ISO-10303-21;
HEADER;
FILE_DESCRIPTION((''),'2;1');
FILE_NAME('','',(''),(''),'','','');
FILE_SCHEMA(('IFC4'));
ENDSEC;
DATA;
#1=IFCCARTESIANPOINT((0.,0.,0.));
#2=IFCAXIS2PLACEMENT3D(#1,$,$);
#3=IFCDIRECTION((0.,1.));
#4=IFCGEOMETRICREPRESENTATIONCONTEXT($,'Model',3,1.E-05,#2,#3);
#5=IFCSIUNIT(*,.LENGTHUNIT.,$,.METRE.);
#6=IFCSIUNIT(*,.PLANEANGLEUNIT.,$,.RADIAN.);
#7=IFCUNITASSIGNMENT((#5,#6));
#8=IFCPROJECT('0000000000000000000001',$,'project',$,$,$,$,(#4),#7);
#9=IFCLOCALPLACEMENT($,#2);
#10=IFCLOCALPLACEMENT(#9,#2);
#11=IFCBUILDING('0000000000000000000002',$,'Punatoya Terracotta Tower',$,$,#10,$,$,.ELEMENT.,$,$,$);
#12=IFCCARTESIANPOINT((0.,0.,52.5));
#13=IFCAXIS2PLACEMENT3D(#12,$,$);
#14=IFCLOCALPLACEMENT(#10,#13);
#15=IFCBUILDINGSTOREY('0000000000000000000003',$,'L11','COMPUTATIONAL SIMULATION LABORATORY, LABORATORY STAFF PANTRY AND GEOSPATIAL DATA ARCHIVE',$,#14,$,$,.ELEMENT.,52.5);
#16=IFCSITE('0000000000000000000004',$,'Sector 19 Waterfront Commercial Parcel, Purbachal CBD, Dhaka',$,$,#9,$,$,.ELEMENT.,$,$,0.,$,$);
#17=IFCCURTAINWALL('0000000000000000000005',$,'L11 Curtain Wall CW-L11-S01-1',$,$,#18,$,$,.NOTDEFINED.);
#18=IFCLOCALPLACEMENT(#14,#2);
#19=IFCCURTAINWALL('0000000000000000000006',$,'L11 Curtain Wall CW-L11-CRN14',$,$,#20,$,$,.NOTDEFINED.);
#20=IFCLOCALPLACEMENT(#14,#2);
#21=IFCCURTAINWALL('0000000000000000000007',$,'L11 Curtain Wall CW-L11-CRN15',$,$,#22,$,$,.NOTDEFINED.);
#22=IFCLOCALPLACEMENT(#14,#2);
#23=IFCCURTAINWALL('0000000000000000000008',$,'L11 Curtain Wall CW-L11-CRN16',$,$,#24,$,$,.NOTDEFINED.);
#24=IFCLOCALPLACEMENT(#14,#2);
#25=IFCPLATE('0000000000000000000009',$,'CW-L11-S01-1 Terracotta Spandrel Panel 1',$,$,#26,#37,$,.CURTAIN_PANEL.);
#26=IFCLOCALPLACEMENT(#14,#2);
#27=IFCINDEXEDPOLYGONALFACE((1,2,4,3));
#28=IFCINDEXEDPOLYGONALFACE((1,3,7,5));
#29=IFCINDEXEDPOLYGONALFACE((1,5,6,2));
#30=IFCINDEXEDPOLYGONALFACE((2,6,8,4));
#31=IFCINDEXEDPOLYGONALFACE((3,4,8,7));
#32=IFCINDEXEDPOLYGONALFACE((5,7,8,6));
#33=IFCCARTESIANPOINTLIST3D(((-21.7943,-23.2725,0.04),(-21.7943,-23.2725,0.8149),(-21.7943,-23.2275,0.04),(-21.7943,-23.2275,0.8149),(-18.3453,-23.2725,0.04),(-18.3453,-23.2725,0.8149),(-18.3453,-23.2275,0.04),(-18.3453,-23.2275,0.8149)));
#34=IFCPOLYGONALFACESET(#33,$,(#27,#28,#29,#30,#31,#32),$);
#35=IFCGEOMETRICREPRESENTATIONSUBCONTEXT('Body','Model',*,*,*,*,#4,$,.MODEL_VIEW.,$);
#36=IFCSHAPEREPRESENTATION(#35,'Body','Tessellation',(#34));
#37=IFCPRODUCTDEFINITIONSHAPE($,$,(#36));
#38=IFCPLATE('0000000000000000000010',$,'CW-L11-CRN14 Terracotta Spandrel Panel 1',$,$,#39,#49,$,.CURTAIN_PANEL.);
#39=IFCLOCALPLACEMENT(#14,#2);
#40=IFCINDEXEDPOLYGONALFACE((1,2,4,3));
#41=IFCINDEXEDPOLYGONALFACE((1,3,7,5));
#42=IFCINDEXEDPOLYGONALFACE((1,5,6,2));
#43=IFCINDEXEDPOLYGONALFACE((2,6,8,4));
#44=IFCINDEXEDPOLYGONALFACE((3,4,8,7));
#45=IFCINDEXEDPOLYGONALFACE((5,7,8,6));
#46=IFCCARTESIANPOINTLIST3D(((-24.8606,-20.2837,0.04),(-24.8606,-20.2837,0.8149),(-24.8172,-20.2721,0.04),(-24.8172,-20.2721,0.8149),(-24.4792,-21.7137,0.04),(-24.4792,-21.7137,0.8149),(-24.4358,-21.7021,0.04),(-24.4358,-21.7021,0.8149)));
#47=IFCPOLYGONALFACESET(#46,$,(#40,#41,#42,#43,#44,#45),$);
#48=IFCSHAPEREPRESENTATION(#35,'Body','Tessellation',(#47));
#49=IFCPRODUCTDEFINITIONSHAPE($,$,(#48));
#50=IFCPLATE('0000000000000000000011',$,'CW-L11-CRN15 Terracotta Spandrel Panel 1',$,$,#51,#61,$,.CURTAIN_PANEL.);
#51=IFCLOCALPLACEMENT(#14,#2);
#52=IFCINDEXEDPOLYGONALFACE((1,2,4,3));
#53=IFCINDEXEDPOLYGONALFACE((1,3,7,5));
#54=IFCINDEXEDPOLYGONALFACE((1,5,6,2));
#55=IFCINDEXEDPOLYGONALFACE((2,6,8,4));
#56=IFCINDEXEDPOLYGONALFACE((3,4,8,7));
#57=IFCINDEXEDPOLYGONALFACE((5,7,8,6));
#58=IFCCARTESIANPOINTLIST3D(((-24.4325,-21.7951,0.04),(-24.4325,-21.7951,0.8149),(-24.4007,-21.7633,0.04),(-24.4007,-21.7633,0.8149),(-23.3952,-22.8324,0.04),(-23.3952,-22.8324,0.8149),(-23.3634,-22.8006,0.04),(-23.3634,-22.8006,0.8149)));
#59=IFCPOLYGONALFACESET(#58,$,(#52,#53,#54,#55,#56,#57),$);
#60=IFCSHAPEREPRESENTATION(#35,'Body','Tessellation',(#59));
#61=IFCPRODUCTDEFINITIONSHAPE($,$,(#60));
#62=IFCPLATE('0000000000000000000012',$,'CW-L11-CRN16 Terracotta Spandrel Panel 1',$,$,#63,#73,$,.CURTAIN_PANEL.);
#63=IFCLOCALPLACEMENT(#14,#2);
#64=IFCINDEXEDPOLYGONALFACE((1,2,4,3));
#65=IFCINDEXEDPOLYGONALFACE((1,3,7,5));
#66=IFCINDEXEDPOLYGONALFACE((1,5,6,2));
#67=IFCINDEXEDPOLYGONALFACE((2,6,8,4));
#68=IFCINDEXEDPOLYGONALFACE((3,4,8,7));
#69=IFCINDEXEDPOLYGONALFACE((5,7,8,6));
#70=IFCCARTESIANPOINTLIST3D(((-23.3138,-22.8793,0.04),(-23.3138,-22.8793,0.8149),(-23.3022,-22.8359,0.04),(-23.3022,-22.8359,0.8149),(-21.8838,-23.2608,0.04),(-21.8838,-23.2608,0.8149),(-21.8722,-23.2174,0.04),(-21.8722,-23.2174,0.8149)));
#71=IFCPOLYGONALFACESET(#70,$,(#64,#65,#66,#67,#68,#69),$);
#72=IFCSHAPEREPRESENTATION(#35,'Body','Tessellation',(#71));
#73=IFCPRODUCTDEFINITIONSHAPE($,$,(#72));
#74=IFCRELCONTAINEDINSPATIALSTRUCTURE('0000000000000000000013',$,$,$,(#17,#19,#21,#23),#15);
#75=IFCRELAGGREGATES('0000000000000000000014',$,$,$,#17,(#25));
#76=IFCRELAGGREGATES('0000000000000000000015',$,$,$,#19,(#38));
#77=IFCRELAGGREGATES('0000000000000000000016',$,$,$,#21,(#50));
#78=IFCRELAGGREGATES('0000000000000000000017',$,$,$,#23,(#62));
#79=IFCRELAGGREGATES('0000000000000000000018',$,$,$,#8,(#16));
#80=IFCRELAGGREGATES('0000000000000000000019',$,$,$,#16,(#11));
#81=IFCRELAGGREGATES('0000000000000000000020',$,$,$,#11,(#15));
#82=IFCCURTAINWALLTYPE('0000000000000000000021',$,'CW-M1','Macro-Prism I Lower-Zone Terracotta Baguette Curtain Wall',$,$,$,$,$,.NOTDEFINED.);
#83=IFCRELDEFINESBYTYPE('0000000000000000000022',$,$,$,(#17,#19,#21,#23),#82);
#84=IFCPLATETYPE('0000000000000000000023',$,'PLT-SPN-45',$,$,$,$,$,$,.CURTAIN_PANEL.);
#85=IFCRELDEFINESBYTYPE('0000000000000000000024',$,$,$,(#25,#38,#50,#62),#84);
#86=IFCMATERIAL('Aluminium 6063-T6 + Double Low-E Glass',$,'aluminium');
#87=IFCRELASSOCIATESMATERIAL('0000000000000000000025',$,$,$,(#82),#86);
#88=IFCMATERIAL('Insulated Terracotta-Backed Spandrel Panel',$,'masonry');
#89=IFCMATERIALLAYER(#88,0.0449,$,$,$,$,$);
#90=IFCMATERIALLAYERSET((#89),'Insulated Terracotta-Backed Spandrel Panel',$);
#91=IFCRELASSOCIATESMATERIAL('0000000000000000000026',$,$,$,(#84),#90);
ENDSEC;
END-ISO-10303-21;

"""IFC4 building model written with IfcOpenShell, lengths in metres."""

from ifc_helpers import new_model, si_unit, direction, frame, origin, origin_2d, place, context, subcontext, project, spatial, rectangle, extrude, material, layer, layer_set, type_object, element, aggregate, save


model = new_model("IFC4")

# Units and contexts
model_context = context("Model", 3, precision=1e-05, world=origin(), true_north=direction((0.0, 1.0)))
body_context = subcontext(model_context, "Body", "Model", "MODEL_VIEW")
ifc_project = project(units=[si_unit("LENGTHUNIT", "METRE"), si_unit("PLANEANGLEUNIT", "RADIAN")], contexts=[model_context])

# Site, building, storey
site_placement = place(None, origin())
site = spatial("IfcSite", under=ifc_project, at=site_placement, Name="Sector 19 Waterfront Commercial Parcel, Purbachal CBD, Dhaka", CompositionType="ELEMENT", RefElevation=0.0)
building_placement = place(site_placement, origin())
building = spatial("IfcBuilding", under=site, at=building_placement, Name="Punatoya Terracotta Tower", CompositionType="ELEMENT")
storey_placement = place(building_placement, frame((0.0, 0.0, 52.5)))
storey = spatial("IfcBuildingStorey", under=building, at=storey_placement, Name="L11", Description="COMPUTATIONAL SIMULATION LABORATORY, LABORATORY STAFF PANTRY AND GEOSPATIAL DATA ARCHIVE", CompositionType="ELEMENT", Elevation=52.5)

# Curtain wall
ifc_material_1 = material(Name="Aluminium 6063-T6 + Double Low-E Glass", Category="aluminium")
curtain_wall_type = type_object("IfcCurtainWallType", Name="CW-M1", Description="Macro-Prism I Lower-Zone Terracotta Baguette Curtain Wall", PredefinedType="NOTDEFINED", material=ifc_material_1)
curtain_wall_1_placement = place(storey_placement, origin())
curtain_wall_1 = element("IfcCurtainWall", 1, at=curtain_wall_1_placement, inside=storey, type_object=curtain_wall_type, Name="L11 Curtain Wall CW-L11-S01-1", PredefinedType="NOTDEFINED")

# Curtain walls
curtain_wall_2_placement = place(storey_placement, origin())
curtain_wall_2 = element("IfcCurtainWall", 2, at=curtain_wall_2_placement, inside=storey, type_object=curtain_wall_type, Name="L11 Curtain Wall CW-L11-CRN14", PredefinedType="NOTDEFINED")
curtain_wall_3_placement = place(storey_placement, origin())
curtain_wall_3 = element("IfcCurtainWall", 3, at=curtain_wall_3_placement, inside=storey, type_object=curtain_wall_type, Name="L11 Curtain Wall CW-L11-CRN15", PredefinedType="NOTDEFINED")
curtain_wall_4_placement = place(storey_placement, origin())
curtain_wall_4 = element("IfcCurtainWall", 4, at=curtain_wall_4_placement, inside=storey, type_object=curtain_wall_type, Name="L11 Curtain Wall CW-L11-CRN16", PredefinedType="NOTDEFINED")

# Plates
ifc_material_2 = material(Name="Insulated Terracotta-Backed Spandrel Panel", Category="masonry")
ifc_layer_1 = layer(ifc_material_2, 0.0449)
ifc_layer_set_1 = layer_set([ifc_layer_1], Name="Insulated Terracotta-Backed Spandrel Panel")
plate_type_1 = type_object("IfcPlateType", Name="PLT-SPN-45", PredefinedType="CURTAIN_PANEL", material=ifc_layer_set_1)
plate_1_placement = place(storey_placement, frame((-20.0698, -23.25, 0.04), z_axis=(0.0, 0.0, 1.0), x_axis=(1.0, 0.0, 0.0)))
plate_1 = element("IfcPlate", 5, at=plate_1_placement, type_object=plate_type_1, Name="CW-L11-S01-1 Terracotta Spandrel Panel 1", PredefinedType="CURTAIN_PANEL", context=body_context, shape_type="SweptSolid", body=[
    extrude(rectangle(XDim=3.449, YDim=0.0449, at=origin_2d()), origin(), (0.0, 0.0, 1.0), 0.7749),
])
aggregate(curtain_wall_1, [plate_1])
plate_2_placement = place(storey_placement, frame((-24.6482, -20.9929, 0.04), z_axis=(0.0, 0.0, 1.0), x_axis=(0.257742, -0.966214, 0.0)))
plate_2 = element("IfcPlate", 6, at=plate_2_placement, type_object=plate_type_1, Name="CW-L11-CRN14 Terracotta Spandrel Panel 1", PredefinedType="CURTAIN_PANEL", context=body_context, shape_type="SweptSolid", body=[
    extrude(rectangle(XDim=1.48, YDim=0.0449, at=origin_2d()), origin(), (0.0, 0.0, 1.0), 0.7749),
])
aggregate(curtain_wall_2, [plate_2])
plate_3_placement = place(storey_placement, frame((-23.8979, -22.2979, 0.04), z_axis=(0.0, 0.0, 1.0), x_axis=(0.707107, -0.707107, 0.0)))
plate_3 = element("IfcPlate", 7, at=plate_3_placement, type_object=plate_type_1, Name="CW-L11-CRN15 Terracotta Spandrel Panel 1", PredefinedType="CURTAIN_PANEL", context=body_context, shape_type="SweptSolid", body=[
    extrude(rectangle(XDim=1.467, YDim=0.0449, at=origin_2d()), origin(), (0.0, 0.0, 1.0), 0.7749),
])
aggregate(curtain_wall_3, [plate_3])
plate_4_placement = place(storey_placement, frame((-22.593, -23.0483, 0.04), z_axis=(0.0, 0.0, 1.0), x_axis=(0.966214, -0.257742, 0.0)))
plate_4 = element("IfcPlate", 8, at=plate_4_placement, type_object=plate_type_1, Name="CW-L11-CRN16 Terracotta Spandrel Panel 1", PredefinedType="CURTAIN_PANEL", context=body_context, shape_type="SweptSolid", body=[
    extrude(rectangle(XDim=1.48, YDim=0.0449, at=origin_2d()), origin(), (0.0, 0.0, 1.0), 0.7749),
])
aggregate(curtain_wall_4, [plate_4])

save(model, "model.ifc")
